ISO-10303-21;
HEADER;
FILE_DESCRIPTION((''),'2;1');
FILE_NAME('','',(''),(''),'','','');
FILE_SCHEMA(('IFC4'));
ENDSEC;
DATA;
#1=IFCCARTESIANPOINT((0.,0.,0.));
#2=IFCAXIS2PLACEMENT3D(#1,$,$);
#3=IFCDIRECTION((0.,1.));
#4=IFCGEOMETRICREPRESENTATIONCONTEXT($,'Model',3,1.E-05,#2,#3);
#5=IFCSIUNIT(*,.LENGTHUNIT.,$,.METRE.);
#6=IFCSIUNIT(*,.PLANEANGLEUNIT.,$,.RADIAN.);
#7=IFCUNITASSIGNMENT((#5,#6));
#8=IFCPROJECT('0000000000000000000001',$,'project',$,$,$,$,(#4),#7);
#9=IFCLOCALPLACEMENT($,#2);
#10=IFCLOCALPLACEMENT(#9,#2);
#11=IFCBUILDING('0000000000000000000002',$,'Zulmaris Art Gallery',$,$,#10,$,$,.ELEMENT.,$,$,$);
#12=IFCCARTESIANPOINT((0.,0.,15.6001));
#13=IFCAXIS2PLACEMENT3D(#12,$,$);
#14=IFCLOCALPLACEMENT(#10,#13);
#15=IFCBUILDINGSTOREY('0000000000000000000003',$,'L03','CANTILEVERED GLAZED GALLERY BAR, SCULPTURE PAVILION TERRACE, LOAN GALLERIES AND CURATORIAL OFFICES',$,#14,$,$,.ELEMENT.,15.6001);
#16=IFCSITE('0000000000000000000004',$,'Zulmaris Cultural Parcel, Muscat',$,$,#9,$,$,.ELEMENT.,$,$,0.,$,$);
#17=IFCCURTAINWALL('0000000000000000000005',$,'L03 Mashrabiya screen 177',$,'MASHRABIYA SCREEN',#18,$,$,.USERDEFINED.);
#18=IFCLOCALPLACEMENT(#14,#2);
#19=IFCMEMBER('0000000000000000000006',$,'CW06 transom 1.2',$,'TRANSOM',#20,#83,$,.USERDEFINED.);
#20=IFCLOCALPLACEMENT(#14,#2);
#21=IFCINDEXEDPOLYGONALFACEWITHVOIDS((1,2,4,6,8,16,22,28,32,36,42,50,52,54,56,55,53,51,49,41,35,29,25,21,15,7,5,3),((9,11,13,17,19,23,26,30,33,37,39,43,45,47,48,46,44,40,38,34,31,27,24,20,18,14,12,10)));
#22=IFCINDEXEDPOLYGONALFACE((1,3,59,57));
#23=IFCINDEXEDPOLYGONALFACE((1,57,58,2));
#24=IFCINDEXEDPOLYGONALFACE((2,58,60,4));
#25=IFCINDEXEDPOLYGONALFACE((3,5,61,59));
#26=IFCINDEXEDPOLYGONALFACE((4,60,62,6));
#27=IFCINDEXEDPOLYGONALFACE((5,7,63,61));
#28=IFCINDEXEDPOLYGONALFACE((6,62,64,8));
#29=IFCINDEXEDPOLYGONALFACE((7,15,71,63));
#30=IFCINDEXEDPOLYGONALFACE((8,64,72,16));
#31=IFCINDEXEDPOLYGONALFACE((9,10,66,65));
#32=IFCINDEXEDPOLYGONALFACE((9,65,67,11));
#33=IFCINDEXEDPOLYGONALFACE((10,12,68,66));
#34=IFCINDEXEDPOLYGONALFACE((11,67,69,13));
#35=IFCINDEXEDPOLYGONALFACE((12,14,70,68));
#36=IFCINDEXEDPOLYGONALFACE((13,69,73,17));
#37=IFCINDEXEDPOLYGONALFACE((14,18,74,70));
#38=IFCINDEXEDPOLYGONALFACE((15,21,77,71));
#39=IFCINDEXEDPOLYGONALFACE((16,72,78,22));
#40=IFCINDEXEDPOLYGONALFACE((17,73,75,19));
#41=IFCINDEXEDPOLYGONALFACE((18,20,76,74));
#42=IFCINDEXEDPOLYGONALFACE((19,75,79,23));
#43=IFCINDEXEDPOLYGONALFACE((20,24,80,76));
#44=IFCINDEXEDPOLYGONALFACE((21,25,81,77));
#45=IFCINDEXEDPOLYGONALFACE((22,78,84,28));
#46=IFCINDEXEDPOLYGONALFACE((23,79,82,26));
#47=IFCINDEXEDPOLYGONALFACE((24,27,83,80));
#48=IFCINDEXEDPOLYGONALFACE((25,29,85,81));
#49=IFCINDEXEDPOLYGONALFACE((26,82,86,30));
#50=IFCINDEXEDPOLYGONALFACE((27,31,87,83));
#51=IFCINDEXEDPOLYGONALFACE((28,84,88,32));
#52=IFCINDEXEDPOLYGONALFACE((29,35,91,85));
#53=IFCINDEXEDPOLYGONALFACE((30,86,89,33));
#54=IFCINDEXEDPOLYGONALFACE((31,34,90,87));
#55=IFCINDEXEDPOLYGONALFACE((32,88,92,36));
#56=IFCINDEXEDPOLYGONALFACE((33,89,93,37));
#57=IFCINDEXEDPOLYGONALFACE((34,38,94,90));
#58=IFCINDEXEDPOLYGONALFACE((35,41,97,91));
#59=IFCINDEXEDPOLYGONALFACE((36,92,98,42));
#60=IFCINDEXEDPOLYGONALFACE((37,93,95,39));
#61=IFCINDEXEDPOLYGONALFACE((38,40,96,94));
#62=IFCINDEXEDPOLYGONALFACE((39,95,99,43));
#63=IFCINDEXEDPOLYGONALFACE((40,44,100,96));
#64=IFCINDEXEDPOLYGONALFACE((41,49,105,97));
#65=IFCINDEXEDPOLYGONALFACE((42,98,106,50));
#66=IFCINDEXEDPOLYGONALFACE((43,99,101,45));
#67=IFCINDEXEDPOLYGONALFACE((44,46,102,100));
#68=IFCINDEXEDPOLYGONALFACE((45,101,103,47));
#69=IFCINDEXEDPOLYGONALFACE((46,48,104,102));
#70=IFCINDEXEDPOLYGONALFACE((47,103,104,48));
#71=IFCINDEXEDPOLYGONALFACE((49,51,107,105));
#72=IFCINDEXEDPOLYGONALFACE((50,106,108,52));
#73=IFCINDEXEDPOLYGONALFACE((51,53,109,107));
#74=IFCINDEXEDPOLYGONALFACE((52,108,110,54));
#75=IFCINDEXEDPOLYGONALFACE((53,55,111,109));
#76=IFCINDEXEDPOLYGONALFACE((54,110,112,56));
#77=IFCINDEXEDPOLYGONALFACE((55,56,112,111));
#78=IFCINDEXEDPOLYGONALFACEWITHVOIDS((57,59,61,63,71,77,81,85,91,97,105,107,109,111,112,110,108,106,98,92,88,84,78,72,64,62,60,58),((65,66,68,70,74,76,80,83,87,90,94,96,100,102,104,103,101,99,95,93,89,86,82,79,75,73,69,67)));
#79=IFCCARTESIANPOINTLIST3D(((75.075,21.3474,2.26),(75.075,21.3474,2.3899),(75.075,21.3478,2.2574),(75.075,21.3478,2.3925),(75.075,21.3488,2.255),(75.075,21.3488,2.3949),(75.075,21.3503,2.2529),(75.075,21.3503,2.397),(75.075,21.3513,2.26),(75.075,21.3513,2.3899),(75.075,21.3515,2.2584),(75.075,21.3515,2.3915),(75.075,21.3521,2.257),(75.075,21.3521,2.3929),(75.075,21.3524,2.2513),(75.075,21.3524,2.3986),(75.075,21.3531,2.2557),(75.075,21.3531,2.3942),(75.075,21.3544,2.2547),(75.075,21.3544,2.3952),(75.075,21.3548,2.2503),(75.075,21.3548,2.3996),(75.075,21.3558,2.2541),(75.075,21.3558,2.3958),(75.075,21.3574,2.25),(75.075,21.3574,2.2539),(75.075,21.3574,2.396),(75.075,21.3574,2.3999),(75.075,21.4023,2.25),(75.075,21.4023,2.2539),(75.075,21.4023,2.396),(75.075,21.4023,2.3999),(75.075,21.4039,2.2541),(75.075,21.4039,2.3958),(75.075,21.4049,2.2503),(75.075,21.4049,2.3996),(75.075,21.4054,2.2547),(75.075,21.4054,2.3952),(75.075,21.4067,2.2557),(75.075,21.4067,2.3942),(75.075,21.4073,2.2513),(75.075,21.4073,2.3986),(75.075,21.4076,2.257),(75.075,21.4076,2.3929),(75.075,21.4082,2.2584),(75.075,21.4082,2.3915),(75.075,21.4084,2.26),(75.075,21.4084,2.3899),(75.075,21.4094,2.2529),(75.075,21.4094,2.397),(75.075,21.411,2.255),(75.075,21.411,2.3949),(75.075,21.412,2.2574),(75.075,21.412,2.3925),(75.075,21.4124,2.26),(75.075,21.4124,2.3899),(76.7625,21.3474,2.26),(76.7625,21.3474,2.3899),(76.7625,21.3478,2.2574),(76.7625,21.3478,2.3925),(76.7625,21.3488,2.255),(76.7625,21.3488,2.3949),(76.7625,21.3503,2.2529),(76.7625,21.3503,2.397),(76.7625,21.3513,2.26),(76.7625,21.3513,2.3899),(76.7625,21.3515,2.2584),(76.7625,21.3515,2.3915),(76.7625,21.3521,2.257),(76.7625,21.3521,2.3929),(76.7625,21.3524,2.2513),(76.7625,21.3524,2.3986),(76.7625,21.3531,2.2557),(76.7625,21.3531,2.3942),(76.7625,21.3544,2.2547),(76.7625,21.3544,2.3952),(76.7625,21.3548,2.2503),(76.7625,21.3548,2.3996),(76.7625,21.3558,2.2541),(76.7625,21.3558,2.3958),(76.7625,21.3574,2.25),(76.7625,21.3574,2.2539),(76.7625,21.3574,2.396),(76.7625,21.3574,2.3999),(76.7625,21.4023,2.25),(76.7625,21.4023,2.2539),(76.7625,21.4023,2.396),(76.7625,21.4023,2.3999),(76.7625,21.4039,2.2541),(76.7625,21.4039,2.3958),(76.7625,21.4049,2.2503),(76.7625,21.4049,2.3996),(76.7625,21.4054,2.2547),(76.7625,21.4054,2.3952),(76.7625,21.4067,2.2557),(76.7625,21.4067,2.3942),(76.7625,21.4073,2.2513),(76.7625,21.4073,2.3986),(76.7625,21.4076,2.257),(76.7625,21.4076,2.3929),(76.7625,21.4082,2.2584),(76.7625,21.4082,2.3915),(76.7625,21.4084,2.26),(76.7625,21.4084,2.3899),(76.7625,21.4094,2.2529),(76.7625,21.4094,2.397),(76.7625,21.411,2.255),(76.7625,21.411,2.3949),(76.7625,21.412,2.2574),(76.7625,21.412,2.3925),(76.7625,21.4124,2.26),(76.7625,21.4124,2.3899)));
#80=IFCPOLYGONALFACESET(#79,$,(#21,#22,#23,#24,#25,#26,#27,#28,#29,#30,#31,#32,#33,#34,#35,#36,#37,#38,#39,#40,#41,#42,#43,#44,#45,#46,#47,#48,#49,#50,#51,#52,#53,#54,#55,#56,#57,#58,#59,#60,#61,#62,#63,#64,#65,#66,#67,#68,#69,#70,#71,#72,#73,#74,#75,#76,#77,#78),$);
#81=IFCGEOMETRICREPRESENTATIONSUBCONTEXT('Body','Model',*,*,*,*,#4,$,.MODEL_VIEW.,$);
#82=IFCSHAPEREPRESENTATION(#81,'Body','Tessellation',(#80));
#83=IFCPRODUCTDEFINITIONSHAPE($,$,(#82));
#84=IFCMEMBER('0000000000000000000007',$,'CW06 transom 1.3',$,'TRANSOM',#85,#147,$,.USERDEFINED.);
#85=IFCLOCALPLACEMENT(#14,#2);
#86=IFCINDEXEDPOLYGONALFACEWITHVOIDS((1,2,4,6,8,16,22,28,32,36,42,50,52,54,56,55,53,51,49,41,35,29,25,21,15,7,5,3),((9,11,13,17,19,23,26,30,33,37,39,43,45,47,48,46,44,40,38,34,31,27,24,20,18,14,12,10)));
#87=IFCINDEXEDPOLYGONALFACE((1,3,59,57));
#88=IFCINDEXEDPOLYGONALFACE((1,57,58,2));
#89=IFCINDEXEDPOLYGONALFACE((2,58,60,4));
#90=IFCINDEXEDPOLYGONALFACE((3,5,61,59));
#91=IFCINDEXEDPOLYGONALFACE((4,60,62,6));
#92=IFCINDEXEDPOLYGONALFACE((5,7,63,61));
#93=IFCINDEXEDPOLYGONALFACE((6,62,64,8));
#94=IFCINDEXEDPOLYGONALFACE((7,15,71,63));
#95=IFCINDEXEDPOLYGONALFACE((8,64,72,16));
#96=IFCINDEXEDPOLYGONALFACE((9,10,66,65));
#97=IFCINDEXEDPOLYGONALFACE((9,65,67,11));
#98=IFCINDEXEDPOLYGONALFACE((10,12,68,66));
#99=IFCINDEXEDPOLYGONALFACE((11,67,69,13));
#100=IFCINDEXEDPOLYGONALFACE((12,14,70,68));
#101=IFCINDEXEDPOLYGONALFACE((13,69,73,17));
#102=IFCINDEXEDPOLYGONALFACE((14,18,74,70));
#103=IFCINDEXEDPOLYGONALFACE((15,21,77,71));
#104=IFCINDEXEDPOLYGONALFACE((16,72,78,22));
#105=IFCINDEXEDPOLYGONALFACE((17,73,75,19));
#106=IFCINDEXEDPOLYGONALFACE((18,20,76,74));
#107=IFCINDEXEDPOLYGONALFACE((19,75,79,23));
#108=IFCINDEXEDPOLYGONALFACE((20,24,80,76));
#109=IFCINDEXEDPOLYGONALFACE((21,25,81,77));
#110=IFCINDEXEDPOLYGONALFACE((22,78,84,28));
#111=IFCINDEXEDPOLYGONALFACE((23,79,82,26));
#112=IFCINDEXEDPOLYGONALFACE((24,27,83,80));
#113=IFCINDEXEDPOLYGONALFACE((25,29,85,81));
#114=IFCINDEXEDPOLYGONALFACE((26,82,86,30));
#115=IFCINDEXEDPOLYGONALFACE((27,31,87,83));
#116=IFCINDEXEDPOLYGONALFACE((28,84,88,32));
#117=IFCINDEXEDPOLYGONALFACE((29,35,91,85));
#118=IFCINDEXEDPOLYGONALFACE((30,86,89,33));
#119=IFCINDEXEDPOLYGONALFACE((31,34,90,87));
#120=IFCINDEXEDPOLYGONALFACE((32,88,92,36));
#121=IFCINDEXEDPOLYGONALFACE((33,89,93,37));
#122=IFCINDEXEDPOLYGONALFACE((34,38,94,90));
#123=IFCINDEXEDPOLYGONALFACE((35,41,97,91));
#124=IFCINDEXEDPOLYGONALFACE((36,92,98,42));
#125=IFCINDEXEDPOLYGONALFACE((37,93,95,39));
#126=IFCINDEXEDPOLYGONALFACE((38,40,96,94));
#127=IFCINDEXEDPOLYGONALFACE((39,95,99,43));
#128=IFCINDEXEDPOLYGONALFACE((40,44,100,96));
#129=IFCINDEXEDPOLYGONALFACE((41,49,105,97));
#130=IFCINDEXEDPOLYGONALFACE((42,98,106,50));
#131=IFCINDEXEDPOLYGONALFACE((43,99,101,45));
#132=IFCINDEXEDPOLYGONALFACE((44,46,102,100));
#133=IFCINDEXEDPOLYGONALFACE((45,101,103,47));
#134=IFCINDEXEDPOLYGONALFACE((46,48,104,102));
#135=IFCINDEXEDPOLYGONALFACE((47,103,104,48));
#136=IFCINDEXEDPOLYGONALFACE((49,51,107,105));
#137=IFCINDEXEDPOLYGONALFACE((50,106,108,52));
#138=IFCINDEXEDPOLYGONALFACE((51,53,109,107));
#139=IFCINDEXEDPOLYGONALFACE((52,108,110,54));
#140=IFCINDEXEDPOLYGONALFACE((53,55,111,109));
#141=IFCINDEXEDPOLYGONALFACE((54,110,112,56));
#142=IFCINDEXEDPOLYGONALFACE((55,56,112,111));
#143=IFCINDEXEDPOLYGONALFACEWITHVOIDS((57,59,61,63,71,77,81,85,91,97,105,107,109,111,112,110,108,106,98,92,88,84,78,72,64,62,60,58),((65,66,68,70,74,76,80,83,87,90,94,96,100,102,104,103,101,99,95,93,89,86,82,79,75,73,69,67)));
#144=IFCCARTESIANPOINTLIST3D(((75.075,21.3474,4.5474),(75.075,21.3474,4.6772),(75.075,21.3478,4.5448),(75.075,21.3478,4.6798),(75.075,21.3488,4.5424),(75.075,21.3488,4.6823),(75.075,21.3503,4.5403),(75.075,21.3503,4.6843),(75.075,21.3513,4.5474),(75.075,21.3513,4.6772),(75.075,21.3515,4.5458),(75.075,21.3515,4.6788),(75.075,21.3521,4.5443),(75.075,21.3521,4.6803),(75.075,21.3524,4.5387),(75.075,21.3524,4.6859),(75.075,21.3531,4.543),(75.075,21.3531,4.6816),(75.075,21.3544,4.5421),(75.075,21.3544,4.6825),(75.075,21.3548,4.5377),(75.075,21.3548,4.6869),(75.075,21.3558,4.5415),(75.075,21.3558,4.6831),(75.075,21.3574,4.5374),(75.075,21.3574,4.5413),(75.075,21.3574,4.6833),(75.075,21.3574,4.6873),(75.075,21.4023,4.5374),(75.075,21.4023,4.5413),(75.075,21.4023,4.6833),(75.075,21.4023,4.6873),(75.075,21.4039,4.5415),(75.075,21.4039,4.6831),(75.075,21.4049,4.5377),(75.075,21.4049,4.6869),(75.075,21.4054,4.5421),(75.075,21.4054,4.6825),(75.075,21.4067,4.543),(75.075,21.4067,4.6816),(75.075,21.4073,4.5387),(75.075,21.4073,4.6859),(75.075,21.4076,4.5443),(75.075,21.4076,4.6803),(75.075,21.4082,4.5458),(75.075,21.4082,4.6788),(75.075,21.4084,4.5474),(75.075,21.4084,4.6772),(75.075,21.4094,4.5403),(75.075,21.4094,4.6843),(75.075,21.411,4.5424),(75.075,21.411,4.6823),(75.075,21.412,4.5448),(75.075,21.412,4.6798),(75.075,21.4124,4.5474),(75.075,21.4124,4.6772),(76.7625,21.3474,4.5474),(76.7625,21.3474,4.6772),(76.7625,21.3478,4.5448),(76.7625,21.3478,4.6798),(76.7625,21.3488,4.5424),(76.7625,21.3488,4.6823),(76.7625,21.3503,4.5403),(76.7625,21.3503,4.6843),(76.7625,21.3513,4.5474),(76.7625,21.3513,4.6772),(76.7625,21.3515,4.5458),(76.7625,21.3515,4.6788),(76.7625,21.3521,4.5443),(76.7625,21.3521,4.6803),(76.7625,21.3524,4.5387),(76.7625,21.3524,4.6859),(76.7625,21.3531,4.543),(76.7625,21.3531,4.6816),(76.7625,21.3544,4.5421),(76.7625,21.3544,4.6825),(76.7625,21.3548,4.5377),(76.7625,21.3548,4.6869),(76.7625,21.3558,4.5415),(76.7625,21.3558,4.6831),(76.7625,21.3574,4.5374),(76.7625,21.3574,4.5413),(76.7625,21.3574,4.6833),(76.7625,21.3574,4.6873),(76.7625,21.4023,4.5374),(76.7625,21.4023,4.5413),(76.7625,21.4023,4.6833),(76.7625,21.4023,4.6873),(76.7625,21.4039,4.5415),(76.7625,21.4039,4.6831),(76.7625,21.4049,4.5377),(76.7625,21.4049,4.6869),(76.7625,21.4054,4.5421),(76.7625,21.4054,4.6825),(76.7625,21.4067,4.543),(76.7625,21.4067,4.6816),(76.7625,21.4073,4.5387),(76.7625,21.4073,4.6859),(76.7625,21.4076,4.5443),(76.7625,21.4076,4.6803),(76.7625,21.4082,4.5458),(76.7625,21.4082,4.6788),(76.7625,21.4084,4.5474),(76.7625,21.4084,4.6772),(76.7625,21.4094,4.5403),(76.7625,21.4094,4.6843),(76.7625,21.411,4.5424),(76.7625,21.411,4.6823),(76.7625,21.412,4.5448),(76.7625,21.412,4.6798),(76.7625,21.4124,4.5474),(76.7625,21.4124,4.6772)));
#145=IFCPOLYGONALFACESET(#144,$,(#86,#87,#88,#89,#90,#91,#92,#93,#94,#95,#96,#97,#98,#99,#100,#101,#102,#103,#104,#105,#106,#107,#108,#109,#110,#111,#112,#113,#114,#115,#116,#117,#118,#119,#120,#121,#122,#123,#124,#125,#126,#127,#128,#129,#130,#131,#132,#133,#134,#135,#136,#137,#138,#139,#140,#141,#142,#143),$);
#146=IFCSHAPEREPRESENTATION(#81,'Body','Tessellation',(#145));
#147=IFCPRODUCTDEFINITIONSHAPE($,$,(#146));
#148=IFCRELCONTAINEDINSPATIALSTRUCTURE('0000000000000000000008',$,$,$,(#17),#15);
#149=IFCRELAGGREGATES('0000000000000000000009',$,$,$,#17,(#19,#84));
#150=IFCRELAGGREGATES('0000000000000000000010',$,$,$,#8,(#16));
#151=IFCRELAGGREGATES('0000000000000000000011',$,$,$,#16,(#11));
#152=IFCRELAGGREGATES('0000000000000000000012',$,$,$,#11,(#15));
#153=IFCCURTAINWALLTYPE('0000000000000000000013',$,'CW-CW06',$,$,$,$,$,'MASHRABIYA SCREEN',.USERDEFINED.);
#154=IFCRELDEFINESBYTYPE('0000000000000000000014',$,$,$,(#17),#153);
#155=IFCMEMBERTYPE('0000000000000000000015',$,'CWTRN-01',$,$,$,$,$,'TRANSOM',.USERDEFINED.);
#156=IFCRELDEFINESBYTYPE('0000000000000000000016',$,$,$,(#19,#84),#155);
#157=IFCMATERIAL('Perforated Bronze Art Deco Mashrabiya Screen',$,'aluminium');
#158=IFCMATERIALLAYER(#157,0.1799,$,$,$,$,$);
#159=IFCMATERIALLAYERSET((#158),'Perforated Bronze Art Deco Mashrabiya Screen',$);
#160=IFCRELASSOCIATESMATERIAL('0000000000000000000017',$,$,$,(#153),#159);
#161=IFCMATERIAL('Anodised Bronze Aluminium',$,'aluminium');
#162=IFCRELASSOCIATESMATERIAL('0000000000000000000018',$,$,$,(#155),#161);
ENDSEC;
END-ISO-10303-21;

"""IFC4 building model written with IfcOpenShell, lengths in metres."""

from ifc_helpers import new_model, si_unit, direction, frame, origin, origin_2d, place, context, subcontext, project, spatial, hollow_rectangle, extrude, material, layer, layer_set, material_profile, profile_set, type_object, element, aggregate, save


model = new_model("IFC4")

# Units and contexts
model_context = context("Model", 3, precision=1e-05, world=origin(), true_north=direction((0.0, 1.0)))
body_context = subcontext(model_context, "Body", "Model", "MODEL_VIEW")
ifc_project = project(units=[si_unit("LENGTHUNIT", "METRE"), si_unit("PLANEANGLEUNIT", "RADIAN")], contexts=[model_context])

# Site, building, storey
site_placement = place(None, origin())
site = spatial("IfcSite", under=ifc_project, at=site_placement, Name="Zulmaris Cultural Parcel, Muscat", CompositionType="ELEMENT", RefElevation=0.0)
building_placement = place(site_placement, origin())
building = spatial("IfcBuilding", under=site, at=building_placement, Name="Zulmaris Art Gallery", CompositionType="ELEMENT")
storey_placement = place(building_placement, frame((0.0, 0.0, 15.6001)))
storey = spatial("IfcBuildingStorey", under=building, at=storey_placement, Name="L03", Description="CANTILEVERED GLAZED GALLERY BAR, SCULPTURE PAVILION TERRACE, LOAN GALLERIES AND CURATORIAL OFFICES", CompositionType="ELEMENT", Elevation=15.6001)

# Shared definitions
ifc_material_1 = material(Name="Anodised Bronze Aluminium", Category="aluminium")

# Shared definitions
ifc_material_2 = material(Name="Perforated Bronze Art Deco Mashrabiya Screen", Category="aluminium")
ifc_layer_1 = layer(ifc_material_2, 0.1799)
ifc_layer_set_1 = layer_set([ifc_layer_1], Name="Perforated Bronze Art Deco Mashrabiya Screen")
curtain_wall_type_1 = type_object("IfcCurtainWallType", Name="CW-CW06", ElementType="MASHRABIYA SCREEN", PredefinedType="USERDEFINED", material=ifc_layer_set_1)

# Curtain wall
curtain_wall_1_placement = place(storey_placement, origin())
curtain_wall_1 = element("IfcCurtainWall", 1, at=curtain_wall_1_placement, inside=storey, type_object=curtain_wall_type_1, Name="L03 Mashrabiya screen 177", ObjectType="MASHRABIYA SCREEN", PredefinedType="USERDEFINED")

# Members
ifc_material_profile_1 = material_profile(ifc_material_1, hollow_rectangle(XDim=0.0649, YDim=0.1499, WallThickness=0.0039, InnerFilletRadius=0.0061, OuterFilletRadius=0.01, at=origin_2d()), Name="ALU 65x150x4")
ifc_profile_set_1 = profile_set([ifc_material_profile_1], Name="Anodised Bronze Aluminium")
member_type_1 = type_object("IfcMemberType", Name="CWTRN-01", ElementType="TRANSOM", PredefinedType="USERDEFINED", material=ifc_profile_set_1)
member_1_placement = place(storey_placement, frame((75.075, 21.3799, 2.325), z_axis=(1.0, 0.0, 0.0), x_axis=(0.0, 1.0, 0.0)))
member_1 = element("IfcMember", 2, at=member_1_placement, type_object=member_type_1, Name="CW06 transom 1.2", ObjectType="TRANSOM", PredefinedType="USERDEFINED", context=body_context, shape_type="SweptSolid", body=[
    extrude(hollow_rectangle(XDim=0.0649, YDim=0.1499, WallThickness=0.0039, InnerFilletRadius=0.0061, OuterFilletRadius=0.01, at=origin_2d()), origin(), (0.0, 0.0, 1.0), 1.6875),
])
member_2_placement = place(storey_placement, frame((75.075, 21.3799, 4.6123), z_axis=(1.0, 0.0, 0.0), x_axis=(0.0, 1.0, 0.0)))
member_2 = element("IfcMember", 3, at=member_2_placement, type_object=member_type_1, Name="CW06 transom 1.3", ObjectType="TRANSOM", PredefinedType="USERDEFINED", context=body_context, shape_type="SweptSolid", body=[
    extrude(hollow_rectangle(XDim=0.0649, YDim=0.1499, WallThickness=0.0039, InnerFilletRadius=0.0061, OuterFilletRadius=0.01, at=origin_2d()), origin(), (0.0, 0.0, 1.0), 1.6875),
])

aggregate(curtain_wall_1, [member_1, member_2])

save(model, "model.ifc")
